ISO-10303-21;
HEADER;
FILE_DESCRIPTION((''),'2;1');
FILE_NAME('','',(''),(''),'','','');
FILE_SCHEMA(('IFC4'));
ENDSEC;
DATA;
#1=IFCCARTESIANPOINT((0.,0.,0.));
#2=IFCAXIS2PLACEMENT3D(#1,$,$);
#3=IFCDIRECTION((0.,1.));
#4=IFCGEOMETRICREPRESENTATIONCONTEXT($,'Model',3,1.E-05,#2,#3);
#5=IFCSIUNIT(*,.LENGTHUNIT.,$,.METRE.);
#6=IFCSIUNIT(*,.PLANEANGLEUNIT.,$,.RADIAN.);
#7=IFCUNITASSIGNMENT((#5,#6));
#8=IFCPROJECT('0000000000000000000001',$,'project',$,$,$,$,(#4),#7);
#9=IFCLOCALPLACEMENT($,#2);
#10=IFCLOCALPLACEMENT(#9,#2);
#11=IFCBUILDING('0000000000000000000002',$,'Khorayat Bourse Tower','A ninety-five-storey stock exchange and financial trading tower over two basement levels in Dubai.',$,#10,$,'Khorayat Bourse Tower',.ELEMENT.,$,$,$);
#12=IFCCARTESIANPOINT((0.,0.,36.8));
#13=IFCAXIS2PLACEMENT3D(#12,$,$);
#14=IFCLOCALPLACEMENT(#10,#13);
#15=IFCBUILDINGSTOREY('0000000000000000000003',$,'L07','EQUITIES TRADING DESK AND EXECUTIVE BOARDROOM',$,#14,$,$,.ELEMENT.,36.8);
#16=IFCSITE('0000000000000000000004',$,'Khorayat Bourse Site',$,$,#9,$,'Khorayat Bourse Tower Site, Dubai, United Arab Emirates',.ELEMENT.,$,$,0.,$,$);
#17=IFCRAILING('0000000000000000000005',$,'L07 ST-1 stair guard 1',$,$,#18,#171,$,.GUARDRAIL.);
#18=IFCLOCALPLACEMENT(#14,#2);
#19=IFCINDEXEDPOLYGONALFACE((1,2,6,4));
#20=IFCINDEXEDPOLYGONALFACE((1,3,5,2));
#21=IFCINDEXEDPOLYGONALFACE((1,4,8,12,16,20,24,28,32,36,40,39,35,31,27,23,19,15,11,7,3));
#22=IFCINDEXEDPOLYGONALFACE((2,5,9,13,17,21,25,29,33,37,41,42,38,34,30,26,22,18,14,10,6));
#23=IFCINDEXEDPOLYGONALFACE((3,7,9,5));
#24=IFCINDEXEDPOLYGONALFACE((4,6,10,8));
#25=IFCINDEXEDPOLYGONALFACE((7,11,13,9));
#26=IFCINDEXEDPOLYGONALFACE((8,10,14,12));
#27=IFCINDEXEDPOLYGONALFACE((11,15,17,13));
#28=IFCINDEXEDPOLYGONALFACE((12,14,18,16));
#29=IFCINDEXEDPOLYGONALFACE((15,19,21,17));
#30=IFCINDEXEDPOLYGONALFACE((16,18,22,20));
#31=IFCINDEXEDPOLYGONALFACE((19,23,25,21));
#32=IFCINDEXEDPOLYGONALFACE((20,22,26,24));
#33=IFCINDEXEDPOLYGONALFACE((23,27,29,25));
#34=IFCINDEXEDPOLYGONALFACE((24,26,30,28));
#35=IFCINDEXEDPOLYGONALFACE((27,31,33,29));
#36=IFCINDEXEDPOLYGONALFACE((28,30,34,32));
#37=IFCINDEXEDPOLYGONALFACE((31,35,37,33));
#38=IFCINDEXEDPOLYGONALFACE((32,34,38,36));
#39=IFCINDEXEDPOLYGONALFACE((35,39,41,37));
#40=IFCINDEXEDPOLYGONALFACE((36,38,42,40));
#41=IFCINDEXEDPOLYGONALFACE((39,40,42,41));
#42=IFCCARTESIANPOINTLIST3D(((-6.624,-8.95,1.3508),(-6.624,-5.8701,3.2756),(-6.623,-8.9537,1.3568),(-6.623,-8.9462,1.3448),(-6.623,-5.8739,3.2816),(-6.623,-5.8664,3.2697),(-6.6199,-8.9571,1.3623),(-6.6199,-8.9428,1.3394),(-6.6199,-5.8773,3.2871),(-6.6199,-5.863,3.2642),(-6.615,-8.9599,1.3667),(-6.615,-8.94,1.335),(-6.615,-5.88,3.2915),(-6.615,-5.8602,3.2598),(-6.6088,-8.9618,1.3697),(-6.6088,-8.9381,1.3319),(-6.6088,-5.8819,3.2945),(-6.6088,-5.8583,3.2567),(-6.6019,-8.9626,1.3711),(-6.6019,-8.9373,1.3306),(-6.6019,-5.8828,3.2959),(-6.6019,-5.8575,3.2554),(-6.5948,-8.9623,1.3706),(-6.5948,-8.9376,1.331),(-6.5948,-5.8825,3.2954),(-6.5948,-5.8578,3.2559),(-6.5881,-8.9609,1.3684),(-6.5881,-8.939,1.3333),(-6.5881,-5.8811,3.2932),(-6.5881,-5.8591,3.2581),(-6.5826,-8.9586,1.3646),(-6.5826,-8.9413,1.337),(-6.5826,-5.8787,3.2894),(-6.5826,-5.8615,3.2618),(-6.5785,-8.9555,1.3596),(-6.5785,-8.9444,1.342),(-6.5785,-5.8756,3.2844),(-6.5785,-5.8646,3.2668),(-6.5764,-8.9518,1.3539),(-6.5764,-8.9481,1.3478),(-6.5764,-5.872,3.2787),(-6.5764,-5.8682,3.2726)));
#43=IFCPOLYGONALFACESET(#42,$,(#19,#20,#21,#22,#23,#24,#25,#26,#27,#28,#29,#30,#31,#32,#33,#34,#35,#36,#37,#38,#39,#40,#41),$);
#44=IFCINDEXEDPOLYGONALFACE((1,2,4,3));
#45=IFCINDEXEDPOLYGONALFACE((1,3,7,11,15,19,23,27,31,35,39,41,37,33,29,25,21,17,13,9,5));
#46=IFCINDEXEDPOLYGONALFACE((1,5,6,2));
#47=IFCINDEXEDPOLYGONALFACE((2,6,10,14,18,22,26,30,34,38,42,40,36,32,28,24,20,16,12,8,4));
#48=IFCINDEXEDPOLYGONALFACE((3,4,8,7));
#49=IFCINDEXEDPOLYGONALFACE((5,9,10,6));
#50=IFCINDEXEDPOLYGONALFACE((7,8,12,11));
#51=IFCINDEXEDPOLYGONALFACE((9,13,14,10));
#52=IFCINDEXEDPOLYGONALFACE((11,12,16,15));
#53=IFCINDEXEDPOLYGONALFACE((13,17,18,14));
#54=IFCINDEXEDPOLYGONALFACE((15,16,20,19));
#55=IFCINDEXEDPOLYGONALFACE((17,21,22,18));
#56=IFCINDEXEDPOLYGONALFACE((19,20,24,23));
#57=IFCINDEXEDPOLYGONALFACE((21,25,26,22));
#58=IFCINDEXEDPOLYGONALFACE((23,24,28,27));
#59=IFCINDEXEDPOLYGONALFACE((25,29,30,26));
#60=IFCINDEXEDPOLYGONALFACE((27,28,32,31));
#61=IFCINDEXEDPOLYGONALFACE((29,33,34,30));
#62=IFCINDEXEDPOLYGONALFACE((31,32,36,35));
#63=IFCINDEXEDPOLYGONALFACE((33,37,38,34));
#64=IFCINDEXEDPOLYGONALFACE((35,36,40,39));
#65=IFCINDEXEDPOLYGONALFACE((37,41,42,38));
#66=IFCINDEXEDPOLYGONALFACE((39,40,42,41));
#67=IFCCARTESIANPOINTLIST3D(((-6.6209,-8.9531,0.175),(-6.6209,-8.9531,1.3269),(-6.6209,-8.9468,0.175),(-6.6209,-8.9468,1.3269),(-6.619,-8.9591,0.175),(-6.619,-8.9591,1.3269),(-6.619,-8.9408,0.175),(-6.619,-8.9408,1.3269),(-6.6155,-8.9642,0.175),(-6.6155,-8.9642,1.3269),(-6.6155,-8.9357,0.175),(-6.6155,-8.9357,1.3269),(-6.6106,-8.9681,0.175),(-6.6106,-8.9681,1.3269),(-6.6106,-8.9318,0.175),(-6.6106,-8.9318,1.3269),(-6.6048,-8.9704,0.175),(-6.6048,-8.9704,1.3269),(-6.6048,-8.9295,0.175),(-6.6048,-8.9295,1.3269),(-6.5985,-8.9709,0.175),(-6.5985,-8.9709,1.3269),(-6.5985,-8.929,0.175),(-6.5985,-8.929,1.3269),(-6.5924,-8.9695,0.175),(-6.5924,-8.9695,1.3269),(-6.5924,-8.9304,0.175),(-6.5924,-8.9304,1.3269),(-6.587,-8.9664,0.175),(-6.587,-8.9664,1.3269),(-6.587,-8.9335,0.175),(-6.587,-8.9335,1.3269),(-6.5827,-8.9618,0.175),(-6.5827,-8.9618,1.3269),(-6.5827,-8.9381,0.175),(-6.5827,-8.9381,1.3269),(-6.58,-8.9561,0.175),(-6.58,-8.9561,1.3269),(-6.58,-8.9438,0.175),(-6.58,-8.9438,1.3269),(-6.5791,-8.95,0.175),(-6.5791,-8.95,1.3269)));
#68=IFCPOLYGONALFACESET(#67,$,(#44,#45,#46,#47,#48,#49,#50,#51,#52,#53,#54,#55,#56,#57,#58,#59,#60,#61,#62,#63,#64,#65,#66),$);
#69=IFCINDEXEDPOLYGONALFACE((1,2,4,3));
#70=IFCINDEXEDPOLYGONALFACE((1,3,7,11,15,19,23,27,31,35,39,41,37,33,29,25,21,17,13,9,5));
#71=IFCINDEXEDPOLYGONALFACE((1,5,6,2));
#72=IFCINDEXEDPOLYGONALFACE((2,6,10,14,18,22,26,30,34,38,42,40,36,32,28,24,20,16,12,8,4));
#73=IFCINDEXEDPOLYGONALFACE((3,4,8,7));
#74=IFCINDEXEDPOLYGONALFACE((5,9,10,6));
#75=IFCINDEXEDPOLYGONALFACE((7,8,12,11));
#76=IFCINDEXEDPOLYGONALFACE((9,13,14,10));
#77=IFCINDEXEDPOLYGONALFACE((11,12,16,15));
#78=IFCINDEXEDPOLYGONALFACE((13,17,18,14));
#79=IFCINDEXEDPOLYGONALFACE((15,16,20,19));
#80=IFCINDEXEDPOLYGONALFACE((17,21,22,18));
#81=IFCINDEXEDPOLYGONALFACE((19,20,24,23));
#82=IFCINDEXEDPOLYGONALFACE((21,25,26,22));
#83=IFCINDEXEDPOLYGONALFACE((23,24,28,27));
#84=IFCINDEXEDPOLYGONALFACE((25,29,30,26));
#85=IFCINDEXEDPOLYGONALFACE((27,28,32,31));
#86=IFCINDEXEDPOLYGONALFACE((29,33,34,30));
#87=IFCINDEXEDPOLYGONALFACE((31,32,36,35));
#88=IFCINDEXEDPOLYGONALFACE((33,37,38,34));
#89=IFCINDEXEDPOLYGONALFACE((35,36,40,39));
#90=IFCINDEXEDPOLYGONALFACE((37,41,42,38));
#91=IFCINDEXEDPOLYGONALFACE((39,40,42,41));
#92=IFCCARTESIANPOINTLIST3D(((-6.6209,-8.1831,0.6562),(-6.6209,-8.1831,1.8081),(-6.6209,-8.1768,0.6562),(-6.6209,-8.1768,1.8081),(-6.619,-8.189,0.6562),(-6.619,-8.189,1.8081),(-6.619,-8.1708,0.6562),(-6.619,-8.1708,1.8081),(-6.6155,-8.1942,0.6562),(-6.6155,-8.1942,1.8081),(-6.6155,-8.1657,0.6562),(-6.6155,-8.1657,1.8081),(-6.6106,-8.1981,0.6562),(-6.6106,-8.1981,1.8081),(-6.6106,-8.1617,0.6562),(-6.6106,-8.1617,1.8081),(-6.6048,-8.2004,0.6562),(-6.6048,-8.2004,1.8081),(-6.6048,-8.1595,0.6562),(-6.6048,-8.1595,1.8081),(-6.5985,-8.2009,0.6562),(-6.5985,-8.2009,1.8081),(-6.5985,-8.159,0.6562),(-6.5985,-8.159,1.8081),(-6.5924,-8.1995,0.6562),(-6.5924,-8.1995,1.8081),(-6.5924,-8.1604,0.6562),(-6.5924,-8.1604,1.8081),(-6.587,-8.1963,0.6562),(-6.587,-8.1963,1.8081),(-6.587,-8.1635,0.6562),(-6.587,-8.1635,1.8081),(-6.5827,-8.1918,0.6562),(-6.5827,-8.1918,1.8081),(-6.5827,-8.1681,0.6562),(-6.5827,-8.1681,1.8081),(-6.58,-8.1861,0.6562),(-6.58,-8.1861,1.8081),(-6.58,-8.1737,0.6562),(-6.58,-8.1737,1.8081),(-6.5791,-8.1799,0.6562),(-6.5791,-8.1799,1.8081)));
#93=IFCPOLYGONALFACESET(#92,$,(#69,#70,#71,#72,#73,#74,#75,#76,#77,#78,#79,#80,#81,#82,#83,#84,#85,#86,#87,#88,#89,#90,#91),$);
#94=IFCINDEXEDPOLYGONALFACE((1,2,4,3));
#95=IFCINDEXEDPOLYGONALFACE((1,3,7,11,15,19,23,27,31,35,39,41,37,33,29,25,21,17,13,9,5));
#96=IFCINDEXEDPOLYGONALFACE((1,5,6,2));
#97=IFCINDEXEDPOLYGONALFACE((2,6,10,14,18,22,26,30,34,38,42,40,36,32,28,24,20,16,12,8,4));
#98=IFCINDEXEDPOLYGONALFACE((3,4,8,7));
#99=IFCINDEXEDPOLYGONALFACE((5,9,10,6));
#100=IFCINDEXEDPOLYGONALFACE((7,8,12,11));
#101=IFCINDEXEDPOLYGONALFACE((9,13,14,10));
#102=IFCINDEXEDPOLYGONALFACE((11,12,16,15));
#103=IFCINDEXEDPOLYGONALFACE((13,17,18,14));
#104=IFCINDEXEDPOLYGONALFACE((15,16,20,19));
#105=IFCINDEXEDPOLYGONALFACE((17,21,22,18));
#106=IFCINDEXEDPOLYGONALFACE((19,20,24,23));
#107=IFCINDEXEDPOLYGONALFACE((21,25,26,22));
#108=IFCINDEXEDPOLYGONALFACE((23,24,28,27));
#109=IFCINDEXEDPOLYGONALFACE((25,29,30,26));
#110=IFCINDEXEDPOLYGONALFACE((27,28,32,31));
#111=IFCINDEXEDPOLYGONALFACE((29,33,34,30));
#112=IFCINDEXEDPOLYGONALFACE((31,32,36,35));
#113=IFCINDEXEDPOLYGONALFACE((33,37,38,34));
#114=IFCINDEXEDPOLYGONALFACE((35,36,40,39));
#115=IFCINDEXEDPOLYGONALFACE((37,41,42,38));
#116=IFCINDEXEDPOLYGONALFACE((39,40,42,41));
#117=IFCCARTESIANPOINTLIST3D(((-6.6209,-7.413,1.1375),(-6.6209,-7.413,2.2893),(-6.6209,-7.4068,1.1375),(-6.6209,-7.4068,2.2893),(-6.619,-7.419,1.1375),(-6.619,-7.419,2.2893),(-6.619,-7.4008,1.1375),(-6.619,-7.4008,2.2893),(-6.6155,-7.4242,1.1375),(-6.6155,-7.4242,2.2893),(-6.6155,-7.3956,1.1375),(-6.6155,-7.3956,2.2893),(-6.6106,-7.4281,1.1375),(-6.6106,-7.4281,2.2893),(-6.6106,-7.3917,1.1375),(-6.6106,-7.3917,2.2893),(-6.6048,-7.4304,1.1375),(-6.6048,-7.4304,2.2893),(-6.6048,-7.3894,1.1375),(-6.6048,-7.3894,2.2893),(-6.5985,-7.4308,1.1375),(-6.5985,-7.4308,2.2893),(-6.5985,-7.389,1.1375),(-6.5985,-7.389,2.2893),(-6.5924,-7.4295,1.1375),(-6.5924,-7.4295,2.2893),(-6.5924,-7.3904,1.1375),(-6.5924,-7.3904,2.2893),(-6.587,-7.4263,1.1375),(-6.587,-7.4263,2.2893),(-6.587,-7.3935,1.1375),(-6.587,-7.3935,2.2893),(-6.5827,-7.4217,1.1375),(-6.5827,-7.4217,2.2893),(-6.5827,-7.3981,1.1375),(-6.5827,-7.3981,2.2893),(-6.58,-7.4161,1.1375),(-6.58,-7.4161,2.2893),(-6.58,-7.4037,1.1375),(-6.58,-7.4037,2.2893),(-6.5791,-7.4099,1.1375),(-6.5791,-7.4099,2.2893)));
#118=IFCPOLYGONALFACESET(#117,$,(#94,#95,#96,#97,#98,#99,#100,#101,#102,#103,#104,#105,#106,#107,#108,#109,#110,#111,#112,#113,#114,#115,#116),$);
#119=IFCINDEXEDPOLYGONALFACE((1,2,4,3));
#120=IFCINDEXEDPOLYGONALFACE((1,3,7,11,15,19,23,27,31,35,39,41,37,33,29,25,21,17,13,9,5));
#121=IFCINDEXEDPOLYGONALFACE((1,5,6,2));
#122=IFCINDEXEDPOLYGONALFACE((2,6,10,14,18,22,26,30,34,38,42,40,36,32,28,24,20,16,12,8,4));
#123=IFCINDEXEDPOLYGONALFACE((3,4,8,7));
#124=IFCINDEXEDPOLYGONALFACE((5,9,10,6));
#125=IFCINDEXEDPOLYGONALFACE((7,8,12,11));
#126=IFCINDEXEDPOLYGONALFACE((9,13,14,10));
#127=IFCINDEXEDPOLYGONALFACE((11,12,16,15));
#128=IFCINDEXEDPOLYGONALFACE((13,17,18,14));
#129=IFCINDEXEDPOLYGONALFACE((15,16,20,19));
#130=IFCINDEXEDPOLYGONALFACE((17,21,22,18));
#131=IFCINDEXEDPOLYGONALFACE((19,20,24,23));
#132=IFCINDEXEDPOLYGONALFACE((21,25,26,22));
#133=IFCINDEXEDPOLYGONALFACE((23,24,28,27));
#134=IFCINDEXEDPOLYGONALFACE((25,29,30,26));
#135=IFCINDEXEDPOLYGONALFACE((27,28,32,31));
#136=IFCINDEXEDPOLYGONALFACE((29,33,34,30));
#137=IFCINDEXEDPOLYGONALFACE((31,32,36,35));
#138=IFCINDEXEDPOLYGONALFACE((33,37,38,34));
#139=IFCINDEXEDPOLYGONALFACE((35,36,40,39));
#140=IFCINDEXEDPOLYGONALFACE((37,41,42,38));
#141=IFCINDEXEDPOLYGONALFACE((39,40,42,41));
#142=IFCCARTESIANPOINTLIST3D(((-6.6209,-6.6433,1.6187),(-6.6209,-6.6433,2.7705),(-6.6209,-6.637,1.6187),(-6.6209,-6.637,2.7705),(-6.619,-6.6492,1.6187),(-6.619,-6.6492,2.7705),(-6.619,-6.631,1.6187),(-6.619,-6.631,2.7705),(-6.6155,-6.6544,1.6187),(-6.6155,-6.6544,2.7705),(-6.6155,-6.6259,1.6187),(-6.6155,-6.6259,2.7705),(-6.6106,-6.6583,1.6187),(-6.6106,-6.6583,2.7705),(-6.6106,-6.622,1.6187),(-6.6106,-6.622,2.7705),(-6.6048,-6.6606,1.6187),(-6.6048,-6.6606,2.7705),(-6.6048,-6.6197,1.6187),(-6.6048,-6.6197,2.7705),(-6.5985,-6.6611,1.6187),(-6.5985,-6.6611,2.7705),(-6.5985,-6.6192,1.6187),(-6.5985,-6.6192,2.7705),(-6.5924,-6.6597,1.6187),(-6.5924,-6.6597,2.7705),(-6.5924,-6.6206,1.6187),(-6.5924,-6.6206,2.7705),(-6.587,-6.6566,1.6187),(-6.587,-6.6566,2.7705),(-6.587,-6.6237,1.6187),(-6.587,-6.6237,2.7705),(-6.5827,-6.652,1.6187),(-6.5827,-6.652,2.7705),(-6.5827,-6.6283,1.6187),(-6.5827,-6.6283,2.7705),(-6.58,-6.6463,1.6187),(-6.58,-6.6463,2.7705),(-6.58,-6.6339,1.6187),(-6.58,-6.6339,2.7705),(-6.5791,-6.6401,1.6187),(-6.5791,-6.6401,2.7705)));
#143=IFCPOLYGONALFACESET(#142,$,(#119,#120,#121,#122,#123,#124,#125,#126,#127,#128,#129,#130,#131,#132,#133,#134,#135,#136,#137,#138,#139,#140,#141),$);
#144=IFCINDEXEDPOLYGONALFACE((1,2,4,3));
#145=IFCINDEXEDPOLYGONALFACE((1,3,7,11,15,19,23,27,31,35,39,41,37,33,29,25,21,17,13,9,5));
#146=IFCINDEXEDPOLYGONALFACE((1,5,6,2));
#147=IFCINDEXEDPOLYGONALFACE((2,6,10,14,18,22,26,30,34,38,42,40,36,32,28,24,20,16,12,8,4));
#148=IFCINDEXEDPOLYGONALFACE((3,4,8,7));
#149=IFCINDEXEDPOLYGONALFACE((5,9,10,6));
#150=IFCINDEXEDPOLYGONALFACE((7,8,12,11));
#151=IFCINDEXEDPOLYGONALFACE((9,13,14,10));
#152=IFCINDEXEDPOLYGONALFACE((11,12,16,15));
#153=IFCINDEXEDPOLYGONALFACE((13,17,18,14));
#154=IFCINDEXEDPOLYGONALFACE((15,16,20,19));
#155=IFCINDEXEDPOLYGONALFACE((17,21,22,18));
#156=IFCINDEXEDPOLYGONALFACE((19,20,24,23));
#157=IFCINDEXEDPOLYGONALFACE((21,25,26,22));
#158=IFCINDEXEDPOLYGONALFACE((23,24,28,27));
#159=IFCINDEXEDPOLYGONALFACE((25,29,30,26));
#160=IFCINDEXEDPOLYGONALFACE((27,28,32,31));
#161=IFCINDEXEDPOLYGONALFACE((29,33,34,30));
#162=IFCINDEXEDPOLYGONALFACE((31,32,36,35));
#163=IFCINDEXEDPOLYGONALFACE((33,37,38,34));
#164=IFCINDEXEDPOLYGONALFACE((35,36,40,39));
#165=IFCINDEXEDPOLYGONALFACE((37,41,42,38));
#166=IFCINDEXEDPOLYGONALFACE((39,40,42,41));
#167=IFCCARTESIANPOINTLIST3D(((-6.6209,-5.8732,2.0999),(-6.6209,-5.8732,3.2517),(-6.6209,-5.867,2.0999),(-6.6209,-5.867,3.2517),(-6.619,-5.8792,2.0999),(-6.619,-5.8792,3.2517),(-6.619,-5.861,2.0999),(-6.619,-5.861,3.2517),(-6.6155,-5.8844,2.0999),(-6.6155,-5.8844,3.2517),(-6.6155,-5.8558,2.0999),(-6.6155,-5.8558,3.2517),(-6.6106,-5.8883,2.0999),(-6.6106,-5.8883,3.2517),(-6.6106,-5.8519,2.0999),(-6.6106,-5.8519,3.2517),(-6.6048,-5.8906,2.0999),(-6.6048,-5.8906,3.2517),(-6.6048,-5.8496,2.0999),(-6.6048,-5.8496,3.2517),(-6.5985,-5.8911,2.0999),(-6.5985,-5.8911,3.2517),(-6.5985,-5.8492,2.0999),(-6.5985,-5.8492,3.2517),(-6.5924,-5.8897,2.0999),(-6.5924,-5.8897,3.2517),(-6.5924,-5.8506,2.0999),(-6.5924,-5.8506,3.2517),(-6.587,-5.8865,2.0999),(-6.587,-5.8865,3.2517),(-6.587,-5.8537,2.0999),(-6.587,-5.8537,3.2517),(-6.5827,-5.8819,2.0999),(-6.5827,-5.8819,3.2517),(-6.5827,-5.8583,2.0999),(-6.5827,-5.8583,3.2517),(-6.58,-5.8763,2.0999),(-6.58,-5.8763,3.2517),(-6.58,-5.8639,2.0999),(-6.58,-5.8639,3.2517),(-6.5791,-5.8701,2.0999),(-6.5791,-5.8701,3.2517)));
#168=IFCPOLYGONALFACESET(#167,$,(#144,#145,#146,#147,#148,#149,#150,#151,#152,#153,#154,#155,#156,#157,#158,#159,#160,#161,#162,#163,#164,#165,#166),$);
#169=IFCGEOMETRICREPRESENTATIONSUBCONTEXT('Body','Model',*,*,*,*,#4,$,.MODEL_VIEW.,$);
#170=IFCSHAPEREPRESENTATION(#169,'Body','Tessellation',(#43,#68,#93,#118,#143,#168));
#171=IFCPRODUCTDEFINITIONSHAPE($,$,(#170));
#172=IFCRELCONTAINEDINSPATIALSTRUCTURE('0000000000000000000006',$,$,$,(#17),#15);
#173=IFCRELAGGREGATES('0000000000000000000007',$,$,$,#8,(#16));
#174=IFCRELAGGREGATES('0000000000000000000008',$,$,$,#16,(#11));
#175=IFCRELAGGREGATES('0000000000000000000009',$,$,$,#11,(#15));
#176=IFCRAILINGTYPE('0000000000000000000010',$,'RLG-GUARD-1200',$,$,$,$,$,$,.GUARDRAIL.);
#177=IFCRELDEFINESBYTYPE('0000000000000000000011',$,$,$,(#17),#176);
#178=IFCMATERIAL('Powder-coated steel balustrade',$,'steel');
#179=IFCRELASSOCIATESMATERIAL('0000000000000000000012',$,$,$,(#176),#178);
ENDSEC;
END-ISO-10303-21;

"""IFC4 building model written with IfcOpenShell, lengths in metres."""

from ifc_helpers import new_model, si_unit, direction, frame, origin, origin_2d, place, context, subcontext, project, spatial, circle, extrude, source, transform, mapped, material, type_object, element, save


model = new_model("IFC4")

# Units and contexts
model_context = context("Model", 3, precision=1e-05, world=origin(), true_north=direction((0.0, 1.0)))
body_context = subcontext(model_context, "Body", "Model", "MODEL_VIEW")
ifc_project = project(units=[si_unit("LENGTHUNIT", "METRE"), si_unit("PLANEANGLEUNIT", "RADIAN")], contexts=[model_context])

# Site, building, storey
site_placement = place(None, origin())
site = spatial("IfcSite", under=ifc_project, at=site_placement, Name="Khorayat Bourse Site", LongName="Khorayat Bourse Tower Site, Dubai, United Arab Emirates", CompositionType="ELEMENT", RefElevation=0.0)
building_placement = place(site_placement, origin())
building = spatial("IfcBuilding", under=site, at=building_placement, Name="Khorayat Bourse Tower", Description="A ninety-five-storey stock exchange and financial trading tower over two basement levels in Dubai.", LongName="Khorayat Bourse Tower", CompositionType="ELEMENT")
storey_placement = place(building_placement, frame((0.0, 0.0, 36.8)))
storey = spatial("IfcBuildingStorey", under=building, at=storey_placement, Name="L07", Description="EQUITIES TRADING DESK AND EXECUTIVE BOARDROOM", CompositionType="ELEMENT", Elevation=36.8)

# Railing
ifc_material_1 = material(Name="Powder-coated steel balustrade", Category="steel")
railing_type_1 = type_object("IfcRailingType", Name="RLG-GUARD-1200", PredefinedType="GUARDRAIL", material=ifc_material_1)
shared_shape_1 = source(origin(), body_context, "Body", "SweptSolid", [
    extrude(circle(Radius=0.0239, at=origin_2d()), frame((0.0, 0.0, 1.1758), z_axis=(0.0, 0.84801, 0.529981), x_axis=(-1.0, 0.0, 0.0)), (0.0, 0.0, 1.0), 3.6318),
    extrude(circle(Radius=0.021, at=origin_2d()), origin(), (0.0, 0.0, 1.0), 1.1519),
    extrude(circle(Radius=0.021, at=origin_2d()), frame((0.0, 0.77, 0.4812)), (0.0, 0.0, 1.0), 1.1519),
    extrude(circle(Radius=0.021, at=origin_2d()), frame((0.0, 1.54, 0.9624)), (0.0, 0.0, 1.0), 1.1519),
    extrude(circle(Radius=0.021, at=origin_2d()), frame((0.0, 2.3098, 1.4436)), (0.0, 0.0, 1.0), 1.1519),
    extrude(circle(Radius=0.021, at=origin_2d()), frame((0.0, 3.0798, 1.9248)), (0.0, 0.0, 1.0), 1.1519),
])
railing_1_placement = place(storey_placement, frame((-6.6001, -8.95, 0.175)))
element("IfcRailing", 1, at=railing_1_placement, inside=storey, type_object=railing_type_1, Name="L07 ST-1 stair guard 1", PredefinedType="GUARDRAIL", context=body_context, shape_type="MappedRepresentation", body=[
    mapped(shared_shape_1, transform((0.0, 0.0, 0.0), scale=1.0)),
])

save(model, "model.ifc")
